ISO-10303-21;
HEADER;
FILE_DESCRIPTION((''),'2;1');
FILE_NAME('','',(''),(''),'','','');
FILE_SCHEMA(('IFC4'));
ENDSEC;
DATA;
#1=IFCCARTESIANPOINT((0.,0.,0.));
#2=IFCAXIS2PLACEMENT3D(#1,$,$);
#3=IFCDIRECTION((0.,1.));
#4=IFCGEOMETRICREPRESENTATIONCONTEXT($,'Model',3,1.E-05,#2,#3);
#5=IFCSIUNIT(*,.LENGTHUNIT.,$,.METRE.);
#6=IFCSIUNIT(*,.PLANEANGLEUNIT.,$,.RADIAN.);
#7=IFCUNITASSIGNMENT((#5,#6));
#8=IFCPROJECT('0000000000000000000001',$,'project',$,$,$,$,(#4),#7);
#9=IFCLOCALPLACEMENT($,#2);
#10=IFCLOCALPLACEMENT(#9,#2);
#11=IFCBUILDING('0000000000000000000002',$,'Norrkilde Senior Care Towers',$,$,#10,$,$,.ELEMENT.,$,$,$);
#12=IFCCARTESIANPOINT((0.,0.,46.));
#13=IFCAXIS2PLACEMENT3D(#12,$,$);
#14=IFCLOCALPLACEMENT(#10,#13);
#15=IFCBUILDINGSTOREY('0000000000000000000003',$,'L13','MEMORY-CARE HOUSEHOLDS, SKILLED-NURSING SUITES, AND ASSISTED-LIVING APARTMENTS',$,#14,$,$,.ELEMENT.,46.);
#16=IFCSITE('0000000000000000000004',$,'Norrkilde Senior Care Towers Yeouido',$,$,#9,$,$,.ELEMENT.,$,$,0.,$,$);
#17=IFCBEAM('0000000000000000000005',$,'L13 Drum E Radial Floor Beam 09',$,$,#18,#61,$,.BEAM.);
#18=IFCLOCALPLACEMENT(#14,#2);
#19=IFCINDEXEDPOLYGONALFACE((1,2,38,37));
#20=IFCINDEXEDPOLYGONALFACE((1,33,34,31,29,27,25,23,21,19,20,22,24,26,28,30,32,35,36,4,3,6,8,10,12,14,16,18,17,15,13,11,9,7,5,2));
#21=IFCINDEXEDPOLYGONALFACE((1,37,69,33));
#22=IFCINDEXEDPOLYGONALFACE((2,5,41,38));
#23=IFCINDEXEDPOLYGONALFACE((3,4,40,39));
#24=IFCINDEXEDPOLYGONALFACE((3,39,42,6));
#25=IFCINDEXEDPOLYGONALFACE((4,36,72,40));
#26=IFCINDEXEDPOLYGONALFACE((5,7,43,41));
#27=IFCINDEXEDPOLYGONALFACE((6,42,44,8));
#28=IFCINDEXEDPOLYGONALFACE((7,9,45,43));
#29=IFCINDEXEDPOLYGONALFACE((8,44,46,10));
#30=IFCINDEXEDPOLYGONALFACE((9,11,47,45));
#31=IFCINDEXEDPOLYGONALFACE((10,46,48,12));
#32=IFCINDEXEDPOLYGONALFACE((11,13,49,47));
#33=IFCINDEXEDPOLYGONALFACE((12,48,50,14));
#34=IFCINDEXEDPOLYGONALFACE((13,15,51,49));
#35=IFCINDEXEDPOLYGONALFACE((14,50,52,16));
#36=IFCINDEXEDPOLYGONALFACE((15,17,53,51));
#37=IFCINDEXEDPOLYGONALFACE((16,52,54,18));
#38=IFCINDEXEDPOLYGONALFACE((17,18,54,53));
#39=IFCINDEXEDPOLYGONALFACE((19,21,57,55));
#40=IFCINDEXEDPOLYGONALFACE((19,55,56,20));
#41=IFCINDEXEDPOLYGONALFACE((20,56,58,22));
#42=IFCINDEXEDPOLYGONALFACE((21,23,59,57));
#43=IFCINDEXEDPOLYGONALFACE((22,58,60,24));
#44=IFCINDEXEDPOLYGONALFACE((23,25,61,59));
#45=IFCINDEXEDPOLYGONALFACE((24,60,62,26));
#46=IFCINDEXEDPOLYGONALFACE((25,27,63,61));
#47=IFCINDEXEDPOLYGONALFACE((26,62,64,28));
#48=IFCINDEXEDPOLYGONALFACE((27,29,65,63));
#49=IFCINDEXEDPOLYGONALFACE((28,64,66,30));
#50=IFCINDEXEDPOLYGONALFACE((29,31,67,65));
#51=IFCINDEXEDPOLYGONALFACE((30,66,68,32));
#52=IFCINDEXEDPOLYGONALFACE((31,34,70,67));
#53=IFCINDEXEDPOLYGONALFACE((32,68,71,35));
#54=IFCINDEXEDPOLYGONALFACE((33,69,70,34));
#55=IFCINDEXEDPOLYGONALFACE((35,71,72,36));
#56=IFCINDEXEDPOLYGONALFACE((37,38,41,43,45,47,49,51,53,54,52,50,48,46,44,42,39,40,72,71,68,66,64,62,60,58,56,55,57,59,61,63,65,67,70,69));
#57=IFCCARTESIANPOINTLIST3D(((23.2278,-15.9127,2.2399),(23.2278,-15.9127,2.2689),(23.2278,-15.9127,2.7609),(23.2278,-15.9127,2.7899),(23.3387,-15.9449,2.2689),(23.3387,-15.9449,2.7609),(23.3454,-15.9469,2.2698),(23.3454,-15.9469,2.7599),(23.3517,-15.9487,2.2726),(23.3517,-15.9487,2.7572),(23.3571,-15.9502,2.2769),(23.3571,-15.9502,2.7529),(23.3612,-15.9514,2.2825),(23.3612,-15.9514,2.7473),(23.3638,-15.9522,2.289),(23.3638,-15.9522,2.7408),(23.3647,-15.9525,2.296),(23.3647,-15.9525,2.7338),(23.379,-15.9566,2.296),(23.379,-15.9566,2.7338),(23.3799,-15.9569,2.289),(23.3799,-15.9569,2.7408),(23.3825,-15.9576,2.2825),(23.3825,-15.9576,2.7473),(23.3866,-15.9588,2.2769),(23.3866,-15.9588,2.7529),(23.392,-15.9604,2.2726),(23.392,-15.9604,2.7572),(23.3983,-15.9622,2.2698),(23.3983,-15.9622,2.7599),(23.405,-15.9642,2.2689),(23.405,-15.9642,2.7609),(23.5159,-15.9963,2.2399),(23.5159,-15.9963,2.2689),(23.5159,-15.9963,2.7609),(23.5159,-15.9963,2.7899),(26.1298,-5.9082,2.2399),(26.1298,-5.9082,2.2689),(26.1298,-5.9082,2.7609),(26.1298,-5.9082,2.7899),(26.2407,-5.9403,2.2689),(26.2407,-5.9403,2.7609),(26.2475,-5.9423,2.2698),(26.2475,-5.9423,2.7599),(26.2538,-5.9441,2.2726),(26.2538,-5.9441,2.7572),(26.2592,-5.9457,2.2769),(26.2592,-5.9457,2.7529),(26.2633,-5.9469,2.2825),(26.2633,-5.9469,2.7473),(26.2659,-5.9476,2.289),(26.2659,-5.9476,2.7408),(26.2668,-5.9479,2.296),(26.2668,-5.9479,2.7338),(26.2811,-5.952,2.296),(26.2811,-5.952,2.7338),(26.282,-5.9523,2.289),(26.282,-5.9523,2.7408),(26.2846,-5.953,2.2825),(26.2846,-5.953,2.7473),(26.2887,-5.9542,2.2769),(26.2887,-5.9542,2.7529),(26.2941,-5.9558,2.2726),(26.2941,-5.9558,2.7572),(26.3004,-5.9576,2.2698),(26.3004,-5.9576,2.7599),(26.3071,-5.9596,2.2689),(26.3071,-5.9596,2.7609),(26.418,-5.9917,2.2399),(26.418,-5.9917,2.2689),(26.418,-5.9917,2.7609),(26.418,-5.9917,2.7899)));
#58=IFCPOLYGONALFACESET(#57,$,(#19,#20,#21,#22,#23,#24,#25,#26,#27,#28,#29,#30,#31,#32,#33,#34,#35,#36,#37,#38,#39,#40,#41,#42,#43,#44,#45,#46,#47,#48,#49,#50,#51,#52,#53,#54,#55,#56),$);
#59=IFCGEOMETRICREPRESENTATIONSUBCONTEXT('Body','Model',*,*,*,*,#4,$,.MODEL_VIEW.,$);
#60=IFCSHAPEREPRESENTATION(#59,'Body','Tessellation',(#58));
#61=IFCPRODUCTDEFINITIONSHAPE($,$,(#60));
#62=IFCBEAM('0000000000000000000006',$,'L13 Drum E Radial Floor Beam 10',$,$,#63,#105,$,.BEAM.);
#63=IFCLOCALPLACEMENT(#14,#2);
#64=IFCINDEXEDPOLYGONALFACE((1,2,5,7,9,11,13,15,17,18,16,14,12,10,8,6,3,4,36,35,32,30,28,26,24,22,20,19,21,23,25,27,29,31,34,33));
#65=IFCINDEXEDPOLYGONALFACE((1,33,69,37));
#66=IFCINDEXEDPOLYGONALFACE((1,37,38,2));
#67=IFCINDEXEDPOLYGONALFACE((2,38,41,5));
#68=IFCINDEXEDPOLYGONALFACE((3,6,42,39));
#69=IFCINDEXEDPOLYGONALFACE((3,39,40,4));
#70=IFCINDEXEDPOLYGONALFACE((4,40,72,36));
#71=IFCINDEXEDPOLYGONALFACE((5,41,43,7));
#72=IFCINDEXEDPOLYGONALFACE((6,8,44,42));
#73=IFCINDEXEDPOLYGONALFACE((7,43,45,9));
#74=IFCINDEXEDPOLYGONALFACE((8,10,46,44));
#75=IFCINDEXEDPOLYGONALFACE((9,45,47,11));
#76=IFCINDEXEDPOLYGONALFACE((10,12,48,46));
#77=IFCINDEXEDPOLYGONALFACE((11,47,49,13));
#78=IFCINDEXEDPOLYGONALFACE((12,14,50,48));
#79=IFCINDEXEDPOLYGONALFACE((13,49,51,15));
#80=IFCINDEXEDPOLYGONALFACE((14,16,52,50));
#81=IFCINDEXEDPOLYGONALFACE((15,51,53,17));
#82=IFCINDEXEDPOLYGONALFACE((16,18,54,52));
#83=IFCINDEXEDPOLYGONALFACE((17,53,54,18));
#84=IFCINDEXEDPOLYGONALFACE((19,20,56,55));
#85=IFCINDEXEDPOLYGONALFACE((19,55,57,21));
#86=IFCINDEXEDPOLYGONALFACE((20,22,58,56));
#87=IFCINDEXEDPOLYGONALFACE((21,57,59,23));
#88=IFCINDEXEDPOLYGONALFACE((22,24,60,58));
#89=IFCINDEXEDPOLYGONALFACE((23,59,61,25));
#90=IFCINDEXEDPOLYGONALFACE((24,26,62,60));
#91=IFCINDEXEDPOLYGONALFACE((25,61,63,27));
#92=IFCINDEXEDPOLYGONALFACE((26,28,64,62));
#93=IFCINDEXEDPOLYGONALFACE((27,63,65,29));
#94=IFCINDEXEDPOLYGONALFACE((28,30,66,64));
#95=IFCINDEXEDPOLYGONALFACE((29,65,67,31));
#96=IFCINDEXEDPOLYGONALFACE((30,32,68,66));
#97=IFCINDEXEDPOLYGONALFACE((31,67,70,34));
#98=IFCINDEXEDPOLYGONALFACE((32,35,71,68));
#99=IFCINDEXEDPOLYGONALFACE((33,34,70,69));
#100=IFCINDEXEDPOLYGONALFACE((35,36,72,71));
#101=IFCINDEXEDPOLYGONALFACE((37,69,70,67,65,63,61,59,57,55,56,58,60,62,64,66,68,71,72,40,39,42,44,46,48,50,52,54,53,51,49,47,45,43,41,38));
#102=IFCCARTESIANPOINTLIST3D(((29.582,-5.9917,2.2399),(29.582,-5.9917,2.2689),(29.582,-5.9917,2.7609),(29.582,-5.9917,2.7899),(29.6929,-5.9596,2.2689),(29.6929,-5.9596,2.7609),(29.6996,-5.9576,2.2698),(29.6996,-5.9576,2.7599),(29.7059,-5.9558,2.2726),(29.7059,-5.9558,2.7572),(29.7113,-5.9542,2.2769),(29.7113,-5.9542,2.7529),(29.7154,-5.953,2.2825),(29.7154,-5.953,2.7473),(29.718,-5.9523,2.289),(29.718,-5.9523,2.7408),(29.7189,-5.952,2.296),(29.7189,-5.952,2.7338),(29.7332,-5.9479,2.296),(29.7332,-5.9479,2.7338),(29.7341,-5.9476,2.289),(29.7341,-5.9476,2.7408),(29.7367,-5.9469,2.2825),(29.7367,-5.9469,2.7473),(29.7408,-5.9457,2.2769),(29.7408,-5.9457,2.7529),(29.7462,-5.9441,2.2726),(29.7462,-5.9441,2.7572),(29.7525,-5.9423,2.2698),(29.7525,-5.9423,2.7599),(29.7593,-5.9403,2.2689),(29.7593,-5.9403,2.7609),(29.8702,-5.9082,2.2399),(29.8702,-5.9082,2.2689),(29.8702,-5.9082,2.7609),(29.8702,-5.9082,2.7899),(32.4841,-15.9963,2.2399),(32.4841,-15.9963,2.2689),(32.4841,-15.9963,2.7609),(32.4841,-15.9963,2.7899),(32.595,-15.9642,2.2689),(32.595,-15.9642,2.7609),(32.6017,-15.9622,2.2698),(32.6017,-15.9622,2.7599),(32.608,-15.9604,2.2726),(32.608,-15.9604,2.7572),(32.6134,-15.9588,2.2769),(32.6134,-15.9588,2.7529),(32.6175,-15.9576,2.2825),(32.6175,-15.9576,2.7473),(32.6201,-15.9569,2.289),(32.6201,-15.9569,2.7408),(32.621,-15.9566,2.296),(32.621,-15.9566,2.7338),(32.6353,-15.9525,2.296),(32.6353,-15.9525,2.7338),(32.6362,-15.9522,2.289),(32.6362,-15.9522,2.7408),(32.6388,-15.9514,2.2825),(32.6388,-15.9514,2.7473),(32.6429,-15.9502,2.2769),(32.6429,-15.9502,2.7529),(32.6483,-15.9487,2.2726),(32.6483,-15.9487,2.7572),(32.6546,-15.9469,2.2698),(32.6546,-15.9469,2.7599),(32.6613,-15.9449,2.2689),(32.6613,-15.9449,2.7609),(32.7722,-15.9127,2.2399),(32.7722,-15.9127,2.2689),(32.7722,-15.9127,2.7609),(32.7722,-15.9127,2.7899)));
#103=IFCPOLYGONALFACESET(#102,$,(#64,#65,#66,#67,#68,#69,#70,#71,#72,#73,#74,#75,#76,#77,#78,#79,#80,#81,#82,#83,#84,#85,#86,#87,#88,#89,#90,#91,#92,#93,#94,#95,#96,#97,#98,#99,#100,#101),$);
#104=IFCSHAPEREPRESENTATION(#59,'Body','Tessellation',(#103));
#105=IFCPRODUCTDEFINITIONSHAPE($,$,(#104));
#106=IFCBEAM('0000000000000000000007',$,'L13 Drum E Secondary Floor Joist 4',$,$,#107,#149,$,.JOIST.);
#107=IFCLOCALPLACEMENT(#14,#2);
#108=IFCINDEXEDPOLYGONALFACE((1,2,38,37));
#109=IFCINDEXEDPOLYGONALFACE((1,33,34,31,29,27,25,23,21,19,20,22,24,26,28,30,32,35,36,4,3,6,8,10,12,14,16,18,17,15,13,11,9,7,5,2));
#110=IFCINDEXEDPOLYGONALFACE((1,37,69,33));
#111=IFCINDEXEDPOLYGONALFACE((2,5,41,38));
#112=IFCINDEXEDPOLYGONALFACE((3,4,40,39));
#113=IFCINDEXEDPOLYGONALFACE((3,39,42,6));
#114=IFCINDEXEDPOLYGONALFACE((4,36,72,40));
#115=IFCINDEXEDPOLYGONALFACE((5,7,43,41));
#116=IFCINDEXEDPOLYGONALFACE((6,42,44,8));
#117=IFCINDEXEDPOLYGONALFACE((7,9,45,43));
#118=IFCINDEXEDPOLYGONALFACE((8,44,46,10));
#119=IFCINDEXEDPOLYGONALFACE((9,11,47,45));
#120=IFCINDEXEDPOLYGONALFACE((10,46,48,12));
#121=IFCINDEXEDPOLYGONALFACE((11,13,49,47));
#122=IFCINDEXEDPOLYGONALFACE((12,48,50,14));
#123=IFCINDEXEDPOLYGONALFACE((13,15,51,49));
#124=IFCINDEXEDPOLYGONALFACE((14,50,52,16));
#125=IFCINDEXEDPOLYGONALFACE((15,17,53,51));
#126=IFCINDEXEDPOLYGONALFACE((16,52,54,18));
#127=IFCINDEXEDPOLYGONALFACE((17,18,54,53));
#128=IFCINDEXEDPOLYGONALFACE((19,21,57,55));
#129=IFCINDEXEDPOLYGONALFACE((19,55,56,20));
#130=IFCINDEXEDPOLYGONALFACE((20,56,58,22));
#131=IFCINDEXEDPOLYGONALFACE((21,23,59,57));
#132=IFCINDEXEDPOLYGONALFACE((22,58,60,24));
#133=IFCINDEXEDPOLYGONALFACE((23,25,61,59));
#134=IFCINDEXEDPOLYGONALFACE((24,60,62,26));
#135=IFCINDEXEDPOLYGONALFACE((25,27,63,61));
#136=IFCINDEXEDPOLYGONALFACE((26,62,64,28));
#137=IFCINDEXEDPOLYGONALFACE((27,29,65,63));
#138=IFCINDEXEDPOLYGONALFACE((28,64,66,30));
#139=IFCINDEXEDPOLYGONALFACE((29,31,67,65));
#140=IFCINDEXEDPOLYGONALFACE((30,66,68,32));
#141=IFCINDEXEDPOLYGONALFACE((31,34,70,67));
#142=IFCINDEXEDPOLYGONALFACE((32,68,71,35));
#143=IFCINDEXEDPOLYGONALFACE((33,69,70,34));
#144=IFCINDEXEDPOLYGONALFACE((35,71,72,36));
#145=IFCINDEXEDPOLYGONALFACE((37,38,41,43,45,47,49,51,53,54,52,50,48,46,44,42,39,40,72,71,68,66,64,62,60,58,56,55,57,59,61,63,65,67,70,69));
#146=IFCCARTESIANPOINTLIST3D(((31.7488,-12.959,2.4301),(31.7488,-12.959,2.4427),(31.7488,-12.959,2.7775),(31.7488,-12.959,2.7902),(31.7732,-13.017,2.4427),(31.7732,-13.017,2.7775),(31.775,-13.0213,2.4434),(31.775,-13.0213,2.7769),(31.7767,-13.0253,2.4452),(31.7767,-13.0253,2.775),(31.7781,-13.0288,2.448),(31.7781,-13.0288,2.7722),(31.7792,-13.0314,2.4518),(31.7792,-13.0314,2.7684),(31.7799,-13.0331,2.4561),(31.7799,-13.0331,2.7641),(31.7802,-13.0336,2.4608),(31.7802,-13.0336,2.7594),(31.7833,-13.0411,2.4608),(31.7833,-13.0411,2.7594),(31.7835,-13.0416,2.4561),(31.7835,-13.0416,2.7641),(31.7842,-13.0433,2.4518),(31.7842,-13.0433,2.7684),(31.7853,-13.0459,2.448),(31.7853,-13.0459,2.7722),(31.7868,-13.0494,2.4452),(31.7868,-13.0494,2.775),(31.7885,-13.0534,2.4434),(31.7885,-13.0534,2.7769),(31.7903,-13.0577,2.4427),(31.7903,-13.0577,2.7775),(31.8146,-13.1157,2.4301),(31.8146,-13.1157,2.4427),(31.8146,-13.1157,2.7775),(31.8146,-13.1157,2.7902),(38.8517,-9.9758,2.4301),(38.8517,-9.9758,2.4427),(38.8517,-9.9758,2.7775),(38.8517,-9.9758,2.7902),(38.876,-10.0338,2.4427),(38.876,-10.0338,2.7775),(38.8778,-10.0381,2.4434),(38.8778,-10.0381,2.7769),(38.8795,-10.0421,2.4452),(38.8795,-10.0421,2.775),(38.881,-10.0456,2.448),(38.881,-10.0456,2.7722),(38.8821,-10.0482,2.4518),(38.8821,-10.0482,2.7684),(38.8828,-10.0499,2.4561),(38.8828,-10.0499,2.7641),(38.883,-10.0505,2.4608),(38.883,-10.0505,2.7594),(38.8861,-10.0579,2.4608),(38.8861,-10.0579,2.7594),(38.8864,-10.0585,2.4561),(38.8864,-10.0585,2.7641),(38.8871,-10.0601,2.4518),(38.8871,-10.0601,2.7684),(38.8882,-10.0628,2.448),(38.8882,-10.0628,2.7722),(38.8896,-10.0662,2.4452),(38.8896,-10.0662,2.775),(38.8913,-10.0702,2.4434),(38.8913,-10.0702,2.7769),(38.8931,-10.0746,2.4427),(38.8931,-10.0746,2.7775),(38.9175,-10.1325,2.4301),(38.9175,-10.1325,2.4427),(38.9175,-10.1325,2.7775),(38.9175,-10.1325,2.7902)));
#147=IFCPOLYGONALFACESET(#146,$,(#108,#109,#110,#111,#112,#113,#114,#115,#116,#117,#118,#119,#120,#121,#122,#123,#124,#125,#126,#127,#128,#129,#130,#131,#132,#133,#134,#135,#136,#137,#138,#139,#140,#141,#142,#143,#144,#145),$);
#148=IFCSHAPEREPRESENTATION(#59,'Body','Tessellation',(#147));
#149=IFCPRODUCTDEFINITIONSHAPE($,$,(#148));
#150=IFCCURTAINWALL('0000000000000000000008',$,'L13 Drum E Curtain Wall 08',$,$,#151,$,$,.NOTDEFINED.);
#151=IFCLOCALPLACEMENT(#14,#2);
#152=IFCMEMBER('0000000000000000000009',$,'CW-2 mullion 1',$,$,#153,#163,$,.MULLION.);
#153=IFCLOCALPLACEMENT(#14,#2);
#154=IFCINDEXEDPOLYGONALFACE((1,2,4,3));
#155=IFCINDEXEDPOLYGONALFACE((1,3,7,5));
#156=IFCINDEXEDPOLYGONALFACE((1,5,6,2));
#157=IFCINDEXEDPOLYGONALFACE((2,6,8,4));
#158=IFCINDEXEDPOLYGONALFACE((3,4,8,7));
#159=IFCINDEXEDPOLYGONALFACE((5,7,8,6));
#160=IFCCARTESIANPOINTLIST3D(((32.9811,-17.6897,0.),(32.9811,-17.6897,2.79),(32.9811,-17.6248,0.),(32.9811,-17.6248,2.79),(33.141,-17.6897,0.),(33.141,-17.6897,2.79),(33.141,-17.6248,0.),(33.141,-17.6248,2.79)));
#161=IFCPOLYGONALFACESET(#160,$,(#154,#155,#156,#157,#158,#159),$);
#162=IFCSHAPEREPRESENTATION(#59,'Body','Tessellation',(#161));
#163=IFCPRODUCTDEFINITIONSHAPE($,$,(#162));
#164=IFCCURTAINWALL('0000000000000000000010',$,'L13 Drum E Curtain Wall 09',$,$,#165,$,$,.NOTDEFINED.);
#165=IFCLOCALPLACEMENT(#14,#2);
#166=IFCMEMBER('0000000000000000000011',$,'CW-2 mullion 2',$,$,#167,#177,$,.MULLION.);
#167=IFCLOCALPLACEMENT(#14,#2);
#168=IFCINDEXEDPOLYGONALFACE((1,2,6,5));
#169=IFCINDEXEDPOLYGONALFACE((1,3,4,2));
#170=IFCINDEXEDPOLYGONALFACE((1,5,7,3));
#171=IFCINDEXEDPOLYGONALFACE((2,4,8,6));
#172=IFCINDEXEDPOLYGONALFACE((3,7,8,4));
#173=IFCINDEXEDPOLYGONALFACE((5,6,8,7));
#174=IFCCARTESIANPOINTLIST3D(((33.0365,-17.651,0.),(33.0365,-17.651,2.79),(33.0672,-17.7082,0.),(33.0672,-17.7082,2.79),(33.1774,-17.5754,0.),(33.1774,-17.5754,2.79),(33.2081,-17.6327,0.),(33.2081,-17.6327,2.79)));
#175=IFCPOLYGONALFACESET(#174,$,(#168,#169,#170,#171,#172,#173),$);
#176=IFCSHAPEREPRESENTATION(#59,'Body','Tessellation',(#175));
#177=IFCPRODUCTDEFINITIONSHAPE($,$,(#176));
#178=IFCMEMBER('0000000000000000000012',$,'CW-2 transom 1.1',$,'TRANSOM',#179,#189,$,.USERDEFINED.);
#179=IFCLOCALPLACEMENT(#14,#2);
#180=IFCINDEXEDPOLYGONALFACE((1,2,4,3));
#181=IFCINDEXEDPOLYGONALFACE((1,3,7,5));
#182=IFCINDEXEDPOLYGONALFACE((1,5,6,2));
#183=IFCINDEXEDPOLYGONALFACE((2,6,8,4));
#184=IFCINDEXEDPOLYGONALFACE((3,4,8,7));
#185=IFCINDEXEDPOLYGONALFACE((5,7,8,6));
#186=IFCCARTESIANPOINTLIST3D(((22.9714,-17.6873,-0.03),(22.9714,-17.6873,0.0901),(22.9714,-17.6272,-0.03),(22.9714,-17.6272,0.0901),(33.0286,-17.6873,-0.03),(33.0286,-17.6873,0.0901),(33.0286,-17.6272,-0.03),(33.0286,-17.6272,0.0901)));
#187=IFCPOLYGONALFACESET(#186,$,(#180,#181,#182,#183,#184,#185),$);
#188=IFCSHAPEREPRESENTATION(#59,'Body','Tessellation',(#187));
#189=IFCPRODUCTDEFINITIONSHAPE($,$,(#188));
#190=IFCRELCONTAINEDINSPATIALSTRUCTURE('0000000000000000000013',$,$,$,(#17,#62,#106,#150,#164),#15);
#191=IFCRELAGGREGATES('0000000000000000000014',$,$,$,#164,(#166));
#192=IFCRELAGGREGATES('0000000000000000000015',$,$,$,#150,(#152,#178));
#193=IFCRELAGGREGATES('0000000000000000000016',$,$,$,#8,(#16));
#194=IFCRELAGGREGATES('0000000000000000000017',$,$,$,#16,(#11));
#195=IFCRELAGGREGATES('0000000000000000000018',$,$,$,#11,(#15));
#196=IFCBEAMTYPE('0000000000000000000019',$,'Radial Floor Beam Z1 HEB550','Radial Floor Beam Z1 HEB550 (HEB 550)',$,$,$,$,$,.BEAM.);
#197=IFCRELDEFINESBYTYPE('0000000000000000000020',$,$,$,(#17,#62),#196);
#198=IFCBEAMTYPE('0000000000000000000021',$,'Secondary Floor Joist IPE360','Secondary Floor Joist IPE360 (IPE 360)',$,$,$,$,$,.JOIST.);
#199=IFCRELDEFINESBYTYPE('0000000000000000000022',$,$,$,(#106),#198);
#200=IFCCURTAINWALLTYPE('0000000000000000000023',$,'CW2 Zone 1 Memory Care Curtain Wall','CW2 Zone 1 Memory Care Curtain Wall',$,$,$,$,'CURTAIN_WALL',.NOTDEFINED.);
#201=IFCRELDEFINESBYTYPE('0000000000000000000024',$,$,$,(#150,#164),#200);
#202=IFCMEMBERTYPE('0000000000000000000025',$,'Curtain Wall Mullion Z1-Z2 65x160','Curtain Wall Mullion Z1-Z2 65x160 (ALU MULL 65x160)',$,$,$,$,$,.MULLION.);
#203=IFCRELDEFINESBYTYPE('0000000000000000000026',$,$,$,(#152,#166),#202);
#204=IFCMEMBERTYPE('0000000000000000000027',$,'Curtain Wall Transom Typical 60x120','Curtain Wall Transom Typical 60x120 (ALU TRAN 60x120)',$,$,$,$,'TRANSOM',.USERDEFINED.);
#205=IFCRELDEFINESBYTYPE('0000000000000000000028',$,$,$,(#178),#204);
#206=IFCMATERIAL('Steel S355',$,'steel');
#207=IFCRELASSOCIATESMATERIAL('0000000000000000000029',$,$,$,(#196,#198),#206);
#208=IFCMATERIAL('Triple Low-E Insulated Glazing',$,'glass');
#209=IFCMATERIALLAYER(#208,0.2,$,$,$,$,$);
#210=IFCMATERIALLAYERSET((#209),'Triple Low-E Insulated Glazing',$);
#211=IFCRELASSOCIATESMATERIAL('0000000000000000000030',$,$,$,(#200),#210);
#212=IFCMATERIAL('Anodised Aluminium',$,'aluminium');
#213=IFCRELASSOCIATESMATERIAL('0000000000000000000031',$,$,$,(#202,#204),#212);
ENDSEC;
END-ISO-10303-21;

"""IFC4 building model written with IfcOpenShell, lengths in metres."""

from ifc_helpers import new_model, si_unit, direction, frame, origin, origin_2d, place, context, subcontext, project, spatial, rectangle, i_section, extrude, source, transform, mapped, material, layer, layer_set, material_profile, profile_set, type_object, type_shapes, element, aggregate, save


model = new_model("IFC4")

# Units and contexts
model_context = context("Model", 3, precision=1e-05, world=origin(), true_north=direction((0.0, 1.0)))
body_context = subcontext(model_context, "Body", "Model", "MODEL_VIEW")
ifc_project = project(units=[si_unit("LENGTHUNIT", "METRE"), si_unit("PLANEANGLEUNIT", "RADIAN")], contexts=[model_context])

# Site, building, storey
site_placement = place(None, origin())
site = spatial("IfcSite", under=ifc_project, at=site_placement, Name="Norrkilde Senior Care Towers Yeouido", CompositionType="ELEMENT", RefElevation=0.0)
building_placement = place(site_placement, origin())
building = spatial("IfcBuilding", under=site, at=building_placement, Name="Norrkilde Senior Care Towers", CompositionType="ELEMENT")
storey_placement = place(building_placement, frame((0.0, 0.0, 46.0)))
storey = spatial("IfcBuildingStorey", under=building, at=storey_placement, Name="L13", Description="MEMORY-CARE HOUSEHOLDS, SKILLED-NURSING SUITES, AND ASSISTED-LIVING APARTMENTS", CompositionType="ELEMENT", Elevation=46.0)

# Beams
ifc_material_1 = material(Name="Steel S355", Category="steel")
ifc_material_profile_1 = material_profile(ifc_material_1, i_section(OverallWidth=0.3, OverallDepth=0.55, WebThickness=0.0149, FlangeThickness=0.0291, FilletRadius=0.0271, at=origin_2d()), Name="HEB 550")
ifc_profile_set_1 = profile_set([ifc_material_profile_1], Name="Steel S355")
beam_type_1 = type_object("IfcBeamType", Name="Radial Floor Beam Z1 HEB550", Description="Radial Floor Beam Z1 HEB550 (HEB 550)", PredefinedType="BEAM", material=ifc_profile_set_1)
shared_shape_1 = source(origin(), body_context, "Body", "SweptSolid", [
    extrude(i_section(OverallWidth=0.3, OverallDepth=0.55, WebThickness=0.0149, FlangeThickness=0.0291, FilletRadius=0.0271, at=origin_2d()), origin(), (0.0, 0.0, 1.0), 10.417),
])
for number, where, z_axis, x_axis, name in (
    (1, (26.2739, -5.95, 2.5149), (-0.278591, -0.96041, 0.0), (0.96041, -0.278591, 0.0), "L13 Drum E Radial Floor Beam 09"),
    (2, (29.7261, -5.95, 2.5149), (0.278591, -0.96041, 0.0), (0.96041, 0.278591, 0.0), "L13 Drum E Radial Floor Beam 10"),
):
    element("IfcBeam", number, at=place(storey_placement, frame(where, z_axis=z_axis, x_axis=x_axis)), inside=storey, type_object=beam_type_1, Name=name, PredefinedType="BEAM", context=body_context, shape_type="MappedRepresentation", body=[
        mapped(shared_shape_1, transform((0.0, 0.0, 0.0), x_axis=(1.0, 0.0, 0.0), y_axis=(0.0, 1.0, 0.0), z_axis=(0.0, 0.0, 1.0), scale=1.0)),
    ])
ifc_material_profile_2 = material_profile(ifc_material_1, i_section(OverallWidth=0.1699, OverallDepth=0.3601, WebThickness=0.0081, FlangeThickness=0.0127, FilletRadius=0.0181, at=origin_2d()), Name="IPE 360")
ifc_profile_set_2 = profile_set([ifc_material_profile_2], Name="Steel S355")
beam_type_2 = type_object("IfcBeamType", Name="Secondary Floor Joist IPE360", Description="Secondary Floor Joist IPE360 (IPE 360)", PredefinedType="JOIST", material=ifc_profile_set_2)
shared_shape_2 = source(origin(), body_context, "Body", "SweptSolid", [
    extrude(i_section(OverallWidth=0.1699, OverallDepth=0.3601, WebThickness=0.0081, FlangeThickness=0.0127, FilletRadius=0.0181, at=origin_2d()), origin(), (0.0, 0.0, 1.0), 7.7039),
])
type_shapes(beam_type_2, [shared_shape_2])
beam_1_placement = place(storey_placement, frame((31.7817, -13.0374, 2.6101), z_axis=(0.921983, 0.387231, 0.0), x_axis=(-0.387231, 0.921983, 0.0)))
element("IfcBeam", 3, at=beam_1_placement, inside=storey, type_object=beam_type_2, Name="L13 Drum E Secondary Floor Joist 4", PredefinedType="JOIST", context=body_context, shape_type="MappedRepresentation", body=[
    mapped(shared_shape_2, transform((0.0, 0.0, 0.0), x_axis=(1.0, 0.0, 0.0), y_axis=(0.0, 1.0, 0.0), z_axis=(0.0, 0.0, 1.0), scale=1.0)),
])

# Curtain walls, members
ifc_material_2 = material(Name="Triple Low-E Insulated Glazing", Category="glass")
ifc_layer_1 = layer(ifc_material_2, 0.2)
ifc_layer_set_1 = layer_set([ifc_layer_1], Name="Triple Low-E Insulated Glazing")
curtain_wall_type = type_object("IfcCurtainWallType", Name="CW2 Zone 1 Memory Care Curtain Wall", Description="CW2 Zone 1 Memory Care Curtain Wall", ElementType="CURTAIN_WALL", PredefinedType="NOTDEFINED", material=ifc_layer_set_1)
curtain_wall_1_placement = place(storey_placement, origin())
curtain_wall_1 = element("IfcCurtainWall", 4, at=curtain_wall_1_placement, inside=storey, type_object=curtain_wall_type, Name="L13 Drum E Curtain Wall 08", PredefinedType="NOTDEFINED")
ifc_material_3 = material(Name="Anodised Aluminium", Category="aluminium")
ifc_material_profile_3 = material_profile(ifc_material_3, rectangle(XDim=0.0649, YDim=0.1599, at=origin_2d()), Name="ALU MULL 65x160")
ifc_profile_set_3 = profile_set([ifc_material_profile_3], Name="Anodised Aluminium")
member_type_1 = type_object("IfcMemberType", Name="Curtain Wall Mullion Z1-Z2 65x160", Description="Curtain Wall Mullion Z1-Z2 65x160 (ALU MULL 65x160)", PredefinedType="MULLION", material=ifc_profile_set_3)
shared_shape_3 = source(origin(), body_context, "Body", "SweptSolid", [
    extrude(rectangle(XDim=0.0649, YDim=0.1599, at=origin_2d()), origin(), (0.0, 0.0, 1.0), 2.79),
])
type_shapes(member_type_1, [shared_shape_3])
member_1_placement = place(storey_placement, frame((33.061, -17.6572, 0.0), z_axis=(0.0, 0.0, 1.0), x_axis=(0.0, -1.0, 0.0)))
member_1 = element("IfcMember", 5, at=member_1_placement, type_object=member_type_1, Name="CW-2 mullion 1", PredefinedType="MULLION", context=body_context, shape_type="MappedRepresentation", body=[
    mapped(shared_shape_3, transform((0.0, 0.0, 0.0), x_axis=(1.0, 0.0, 0.0), y_axis=(0.0, 1.0, 0.0), z_axis=(0.0, 0.0, 1.0), scale=1.0)),
])
curtain_wall_2_placement = place(storey_placement, origin())
curtain_wall_2 = element("IfcCurtainWall", 6, at=curtain_wall_2_placement, inside=storey, type_object=curtain_wall_type, Name="L13 Drum E Curtain Wall 09", PredefinedType="NOTDEFINED")
member_2_placement = place(storey_placement, frame((33.1223, -17.6418, 0.0), z_axis=(0.0, 0.0, 1.0), x_axis=(0.472608, -0.881273, 0.0)))
member_2 = element("IfcMember", 7, at=member_2_placement, type_object=member_type_1, Name="CW-2 mullion 2", PredefinedType="MULLION", context=body_context, shape_type="MappedRepresentation", body=[
    mapped(shared_shape_3, transform((0.0, 0.0, 0.0), x_axis=(1.0, 0.0, 0.0), y_axis=(0.0, 1.0, 0.0), z_axis=(0.0, 0.0, 1.0), scale=1.0)),
])
aggregate(curtain_wall_2, [member_2])

# Member
ifc_material_profile_4 = material_profile(ifc_material_3, rectangle(XDim=0.0601, YDim=0.1201, at=origin_2d()), Name="ALU TRAN 60x120")
ifc_profile_set_4 = profile_set([ifc_material_profile_4], Name="Anodised Aluminium")
member_type_2 = type_object("IfcMemberType", Name="Curtain Wall Transom Typical 60x120", Description="Curtain Wall Transom Typical 60x120 (ALU TRAN 60x120)", ElementType="TRANSOM", PredefinedType="USERDEFINED", material=ifc_profile_set_4)
shared_shape_4 = source(origin(), body_context, "Body", "SweptSolid", [
    extrude(rectangle(XDim=0.0601, YDim=0.1201, at=origin_2d()), origin(), (0.0, 0.0, 1.0), 10.0571),
])
type_shapes(member_type_2, [shared_shape_4])
member_3_placement = place(storey_placement, frame((33.0286, -17.6572, 0.03), z_axis=(-1.0, 0.0, 0.0), x_axis=(0.0, -1.0, 0.0)))
member_3 = element("IfcMember", 8, at=member_3_placement, type_object=member_type_2, Name="CW-2 transom 1.1", ObjectType="TRANSOM", PredefinedType="USERDEFINED", context=body_context, shape_type="MappedRepresentation", body=[
    mapped(shared_shape_4, transform((0.0, 0.0, 0.0), x_axis=(1.0, 0.0, 0.0), y_axis=(0.0, 1.0, 0.0), z_axis=(0.0, 0.0, 1.0), scale=1.0)),
])

aggregate(curtain_wall_1, [member_1, member_3])

save(model, "model.ifc")
